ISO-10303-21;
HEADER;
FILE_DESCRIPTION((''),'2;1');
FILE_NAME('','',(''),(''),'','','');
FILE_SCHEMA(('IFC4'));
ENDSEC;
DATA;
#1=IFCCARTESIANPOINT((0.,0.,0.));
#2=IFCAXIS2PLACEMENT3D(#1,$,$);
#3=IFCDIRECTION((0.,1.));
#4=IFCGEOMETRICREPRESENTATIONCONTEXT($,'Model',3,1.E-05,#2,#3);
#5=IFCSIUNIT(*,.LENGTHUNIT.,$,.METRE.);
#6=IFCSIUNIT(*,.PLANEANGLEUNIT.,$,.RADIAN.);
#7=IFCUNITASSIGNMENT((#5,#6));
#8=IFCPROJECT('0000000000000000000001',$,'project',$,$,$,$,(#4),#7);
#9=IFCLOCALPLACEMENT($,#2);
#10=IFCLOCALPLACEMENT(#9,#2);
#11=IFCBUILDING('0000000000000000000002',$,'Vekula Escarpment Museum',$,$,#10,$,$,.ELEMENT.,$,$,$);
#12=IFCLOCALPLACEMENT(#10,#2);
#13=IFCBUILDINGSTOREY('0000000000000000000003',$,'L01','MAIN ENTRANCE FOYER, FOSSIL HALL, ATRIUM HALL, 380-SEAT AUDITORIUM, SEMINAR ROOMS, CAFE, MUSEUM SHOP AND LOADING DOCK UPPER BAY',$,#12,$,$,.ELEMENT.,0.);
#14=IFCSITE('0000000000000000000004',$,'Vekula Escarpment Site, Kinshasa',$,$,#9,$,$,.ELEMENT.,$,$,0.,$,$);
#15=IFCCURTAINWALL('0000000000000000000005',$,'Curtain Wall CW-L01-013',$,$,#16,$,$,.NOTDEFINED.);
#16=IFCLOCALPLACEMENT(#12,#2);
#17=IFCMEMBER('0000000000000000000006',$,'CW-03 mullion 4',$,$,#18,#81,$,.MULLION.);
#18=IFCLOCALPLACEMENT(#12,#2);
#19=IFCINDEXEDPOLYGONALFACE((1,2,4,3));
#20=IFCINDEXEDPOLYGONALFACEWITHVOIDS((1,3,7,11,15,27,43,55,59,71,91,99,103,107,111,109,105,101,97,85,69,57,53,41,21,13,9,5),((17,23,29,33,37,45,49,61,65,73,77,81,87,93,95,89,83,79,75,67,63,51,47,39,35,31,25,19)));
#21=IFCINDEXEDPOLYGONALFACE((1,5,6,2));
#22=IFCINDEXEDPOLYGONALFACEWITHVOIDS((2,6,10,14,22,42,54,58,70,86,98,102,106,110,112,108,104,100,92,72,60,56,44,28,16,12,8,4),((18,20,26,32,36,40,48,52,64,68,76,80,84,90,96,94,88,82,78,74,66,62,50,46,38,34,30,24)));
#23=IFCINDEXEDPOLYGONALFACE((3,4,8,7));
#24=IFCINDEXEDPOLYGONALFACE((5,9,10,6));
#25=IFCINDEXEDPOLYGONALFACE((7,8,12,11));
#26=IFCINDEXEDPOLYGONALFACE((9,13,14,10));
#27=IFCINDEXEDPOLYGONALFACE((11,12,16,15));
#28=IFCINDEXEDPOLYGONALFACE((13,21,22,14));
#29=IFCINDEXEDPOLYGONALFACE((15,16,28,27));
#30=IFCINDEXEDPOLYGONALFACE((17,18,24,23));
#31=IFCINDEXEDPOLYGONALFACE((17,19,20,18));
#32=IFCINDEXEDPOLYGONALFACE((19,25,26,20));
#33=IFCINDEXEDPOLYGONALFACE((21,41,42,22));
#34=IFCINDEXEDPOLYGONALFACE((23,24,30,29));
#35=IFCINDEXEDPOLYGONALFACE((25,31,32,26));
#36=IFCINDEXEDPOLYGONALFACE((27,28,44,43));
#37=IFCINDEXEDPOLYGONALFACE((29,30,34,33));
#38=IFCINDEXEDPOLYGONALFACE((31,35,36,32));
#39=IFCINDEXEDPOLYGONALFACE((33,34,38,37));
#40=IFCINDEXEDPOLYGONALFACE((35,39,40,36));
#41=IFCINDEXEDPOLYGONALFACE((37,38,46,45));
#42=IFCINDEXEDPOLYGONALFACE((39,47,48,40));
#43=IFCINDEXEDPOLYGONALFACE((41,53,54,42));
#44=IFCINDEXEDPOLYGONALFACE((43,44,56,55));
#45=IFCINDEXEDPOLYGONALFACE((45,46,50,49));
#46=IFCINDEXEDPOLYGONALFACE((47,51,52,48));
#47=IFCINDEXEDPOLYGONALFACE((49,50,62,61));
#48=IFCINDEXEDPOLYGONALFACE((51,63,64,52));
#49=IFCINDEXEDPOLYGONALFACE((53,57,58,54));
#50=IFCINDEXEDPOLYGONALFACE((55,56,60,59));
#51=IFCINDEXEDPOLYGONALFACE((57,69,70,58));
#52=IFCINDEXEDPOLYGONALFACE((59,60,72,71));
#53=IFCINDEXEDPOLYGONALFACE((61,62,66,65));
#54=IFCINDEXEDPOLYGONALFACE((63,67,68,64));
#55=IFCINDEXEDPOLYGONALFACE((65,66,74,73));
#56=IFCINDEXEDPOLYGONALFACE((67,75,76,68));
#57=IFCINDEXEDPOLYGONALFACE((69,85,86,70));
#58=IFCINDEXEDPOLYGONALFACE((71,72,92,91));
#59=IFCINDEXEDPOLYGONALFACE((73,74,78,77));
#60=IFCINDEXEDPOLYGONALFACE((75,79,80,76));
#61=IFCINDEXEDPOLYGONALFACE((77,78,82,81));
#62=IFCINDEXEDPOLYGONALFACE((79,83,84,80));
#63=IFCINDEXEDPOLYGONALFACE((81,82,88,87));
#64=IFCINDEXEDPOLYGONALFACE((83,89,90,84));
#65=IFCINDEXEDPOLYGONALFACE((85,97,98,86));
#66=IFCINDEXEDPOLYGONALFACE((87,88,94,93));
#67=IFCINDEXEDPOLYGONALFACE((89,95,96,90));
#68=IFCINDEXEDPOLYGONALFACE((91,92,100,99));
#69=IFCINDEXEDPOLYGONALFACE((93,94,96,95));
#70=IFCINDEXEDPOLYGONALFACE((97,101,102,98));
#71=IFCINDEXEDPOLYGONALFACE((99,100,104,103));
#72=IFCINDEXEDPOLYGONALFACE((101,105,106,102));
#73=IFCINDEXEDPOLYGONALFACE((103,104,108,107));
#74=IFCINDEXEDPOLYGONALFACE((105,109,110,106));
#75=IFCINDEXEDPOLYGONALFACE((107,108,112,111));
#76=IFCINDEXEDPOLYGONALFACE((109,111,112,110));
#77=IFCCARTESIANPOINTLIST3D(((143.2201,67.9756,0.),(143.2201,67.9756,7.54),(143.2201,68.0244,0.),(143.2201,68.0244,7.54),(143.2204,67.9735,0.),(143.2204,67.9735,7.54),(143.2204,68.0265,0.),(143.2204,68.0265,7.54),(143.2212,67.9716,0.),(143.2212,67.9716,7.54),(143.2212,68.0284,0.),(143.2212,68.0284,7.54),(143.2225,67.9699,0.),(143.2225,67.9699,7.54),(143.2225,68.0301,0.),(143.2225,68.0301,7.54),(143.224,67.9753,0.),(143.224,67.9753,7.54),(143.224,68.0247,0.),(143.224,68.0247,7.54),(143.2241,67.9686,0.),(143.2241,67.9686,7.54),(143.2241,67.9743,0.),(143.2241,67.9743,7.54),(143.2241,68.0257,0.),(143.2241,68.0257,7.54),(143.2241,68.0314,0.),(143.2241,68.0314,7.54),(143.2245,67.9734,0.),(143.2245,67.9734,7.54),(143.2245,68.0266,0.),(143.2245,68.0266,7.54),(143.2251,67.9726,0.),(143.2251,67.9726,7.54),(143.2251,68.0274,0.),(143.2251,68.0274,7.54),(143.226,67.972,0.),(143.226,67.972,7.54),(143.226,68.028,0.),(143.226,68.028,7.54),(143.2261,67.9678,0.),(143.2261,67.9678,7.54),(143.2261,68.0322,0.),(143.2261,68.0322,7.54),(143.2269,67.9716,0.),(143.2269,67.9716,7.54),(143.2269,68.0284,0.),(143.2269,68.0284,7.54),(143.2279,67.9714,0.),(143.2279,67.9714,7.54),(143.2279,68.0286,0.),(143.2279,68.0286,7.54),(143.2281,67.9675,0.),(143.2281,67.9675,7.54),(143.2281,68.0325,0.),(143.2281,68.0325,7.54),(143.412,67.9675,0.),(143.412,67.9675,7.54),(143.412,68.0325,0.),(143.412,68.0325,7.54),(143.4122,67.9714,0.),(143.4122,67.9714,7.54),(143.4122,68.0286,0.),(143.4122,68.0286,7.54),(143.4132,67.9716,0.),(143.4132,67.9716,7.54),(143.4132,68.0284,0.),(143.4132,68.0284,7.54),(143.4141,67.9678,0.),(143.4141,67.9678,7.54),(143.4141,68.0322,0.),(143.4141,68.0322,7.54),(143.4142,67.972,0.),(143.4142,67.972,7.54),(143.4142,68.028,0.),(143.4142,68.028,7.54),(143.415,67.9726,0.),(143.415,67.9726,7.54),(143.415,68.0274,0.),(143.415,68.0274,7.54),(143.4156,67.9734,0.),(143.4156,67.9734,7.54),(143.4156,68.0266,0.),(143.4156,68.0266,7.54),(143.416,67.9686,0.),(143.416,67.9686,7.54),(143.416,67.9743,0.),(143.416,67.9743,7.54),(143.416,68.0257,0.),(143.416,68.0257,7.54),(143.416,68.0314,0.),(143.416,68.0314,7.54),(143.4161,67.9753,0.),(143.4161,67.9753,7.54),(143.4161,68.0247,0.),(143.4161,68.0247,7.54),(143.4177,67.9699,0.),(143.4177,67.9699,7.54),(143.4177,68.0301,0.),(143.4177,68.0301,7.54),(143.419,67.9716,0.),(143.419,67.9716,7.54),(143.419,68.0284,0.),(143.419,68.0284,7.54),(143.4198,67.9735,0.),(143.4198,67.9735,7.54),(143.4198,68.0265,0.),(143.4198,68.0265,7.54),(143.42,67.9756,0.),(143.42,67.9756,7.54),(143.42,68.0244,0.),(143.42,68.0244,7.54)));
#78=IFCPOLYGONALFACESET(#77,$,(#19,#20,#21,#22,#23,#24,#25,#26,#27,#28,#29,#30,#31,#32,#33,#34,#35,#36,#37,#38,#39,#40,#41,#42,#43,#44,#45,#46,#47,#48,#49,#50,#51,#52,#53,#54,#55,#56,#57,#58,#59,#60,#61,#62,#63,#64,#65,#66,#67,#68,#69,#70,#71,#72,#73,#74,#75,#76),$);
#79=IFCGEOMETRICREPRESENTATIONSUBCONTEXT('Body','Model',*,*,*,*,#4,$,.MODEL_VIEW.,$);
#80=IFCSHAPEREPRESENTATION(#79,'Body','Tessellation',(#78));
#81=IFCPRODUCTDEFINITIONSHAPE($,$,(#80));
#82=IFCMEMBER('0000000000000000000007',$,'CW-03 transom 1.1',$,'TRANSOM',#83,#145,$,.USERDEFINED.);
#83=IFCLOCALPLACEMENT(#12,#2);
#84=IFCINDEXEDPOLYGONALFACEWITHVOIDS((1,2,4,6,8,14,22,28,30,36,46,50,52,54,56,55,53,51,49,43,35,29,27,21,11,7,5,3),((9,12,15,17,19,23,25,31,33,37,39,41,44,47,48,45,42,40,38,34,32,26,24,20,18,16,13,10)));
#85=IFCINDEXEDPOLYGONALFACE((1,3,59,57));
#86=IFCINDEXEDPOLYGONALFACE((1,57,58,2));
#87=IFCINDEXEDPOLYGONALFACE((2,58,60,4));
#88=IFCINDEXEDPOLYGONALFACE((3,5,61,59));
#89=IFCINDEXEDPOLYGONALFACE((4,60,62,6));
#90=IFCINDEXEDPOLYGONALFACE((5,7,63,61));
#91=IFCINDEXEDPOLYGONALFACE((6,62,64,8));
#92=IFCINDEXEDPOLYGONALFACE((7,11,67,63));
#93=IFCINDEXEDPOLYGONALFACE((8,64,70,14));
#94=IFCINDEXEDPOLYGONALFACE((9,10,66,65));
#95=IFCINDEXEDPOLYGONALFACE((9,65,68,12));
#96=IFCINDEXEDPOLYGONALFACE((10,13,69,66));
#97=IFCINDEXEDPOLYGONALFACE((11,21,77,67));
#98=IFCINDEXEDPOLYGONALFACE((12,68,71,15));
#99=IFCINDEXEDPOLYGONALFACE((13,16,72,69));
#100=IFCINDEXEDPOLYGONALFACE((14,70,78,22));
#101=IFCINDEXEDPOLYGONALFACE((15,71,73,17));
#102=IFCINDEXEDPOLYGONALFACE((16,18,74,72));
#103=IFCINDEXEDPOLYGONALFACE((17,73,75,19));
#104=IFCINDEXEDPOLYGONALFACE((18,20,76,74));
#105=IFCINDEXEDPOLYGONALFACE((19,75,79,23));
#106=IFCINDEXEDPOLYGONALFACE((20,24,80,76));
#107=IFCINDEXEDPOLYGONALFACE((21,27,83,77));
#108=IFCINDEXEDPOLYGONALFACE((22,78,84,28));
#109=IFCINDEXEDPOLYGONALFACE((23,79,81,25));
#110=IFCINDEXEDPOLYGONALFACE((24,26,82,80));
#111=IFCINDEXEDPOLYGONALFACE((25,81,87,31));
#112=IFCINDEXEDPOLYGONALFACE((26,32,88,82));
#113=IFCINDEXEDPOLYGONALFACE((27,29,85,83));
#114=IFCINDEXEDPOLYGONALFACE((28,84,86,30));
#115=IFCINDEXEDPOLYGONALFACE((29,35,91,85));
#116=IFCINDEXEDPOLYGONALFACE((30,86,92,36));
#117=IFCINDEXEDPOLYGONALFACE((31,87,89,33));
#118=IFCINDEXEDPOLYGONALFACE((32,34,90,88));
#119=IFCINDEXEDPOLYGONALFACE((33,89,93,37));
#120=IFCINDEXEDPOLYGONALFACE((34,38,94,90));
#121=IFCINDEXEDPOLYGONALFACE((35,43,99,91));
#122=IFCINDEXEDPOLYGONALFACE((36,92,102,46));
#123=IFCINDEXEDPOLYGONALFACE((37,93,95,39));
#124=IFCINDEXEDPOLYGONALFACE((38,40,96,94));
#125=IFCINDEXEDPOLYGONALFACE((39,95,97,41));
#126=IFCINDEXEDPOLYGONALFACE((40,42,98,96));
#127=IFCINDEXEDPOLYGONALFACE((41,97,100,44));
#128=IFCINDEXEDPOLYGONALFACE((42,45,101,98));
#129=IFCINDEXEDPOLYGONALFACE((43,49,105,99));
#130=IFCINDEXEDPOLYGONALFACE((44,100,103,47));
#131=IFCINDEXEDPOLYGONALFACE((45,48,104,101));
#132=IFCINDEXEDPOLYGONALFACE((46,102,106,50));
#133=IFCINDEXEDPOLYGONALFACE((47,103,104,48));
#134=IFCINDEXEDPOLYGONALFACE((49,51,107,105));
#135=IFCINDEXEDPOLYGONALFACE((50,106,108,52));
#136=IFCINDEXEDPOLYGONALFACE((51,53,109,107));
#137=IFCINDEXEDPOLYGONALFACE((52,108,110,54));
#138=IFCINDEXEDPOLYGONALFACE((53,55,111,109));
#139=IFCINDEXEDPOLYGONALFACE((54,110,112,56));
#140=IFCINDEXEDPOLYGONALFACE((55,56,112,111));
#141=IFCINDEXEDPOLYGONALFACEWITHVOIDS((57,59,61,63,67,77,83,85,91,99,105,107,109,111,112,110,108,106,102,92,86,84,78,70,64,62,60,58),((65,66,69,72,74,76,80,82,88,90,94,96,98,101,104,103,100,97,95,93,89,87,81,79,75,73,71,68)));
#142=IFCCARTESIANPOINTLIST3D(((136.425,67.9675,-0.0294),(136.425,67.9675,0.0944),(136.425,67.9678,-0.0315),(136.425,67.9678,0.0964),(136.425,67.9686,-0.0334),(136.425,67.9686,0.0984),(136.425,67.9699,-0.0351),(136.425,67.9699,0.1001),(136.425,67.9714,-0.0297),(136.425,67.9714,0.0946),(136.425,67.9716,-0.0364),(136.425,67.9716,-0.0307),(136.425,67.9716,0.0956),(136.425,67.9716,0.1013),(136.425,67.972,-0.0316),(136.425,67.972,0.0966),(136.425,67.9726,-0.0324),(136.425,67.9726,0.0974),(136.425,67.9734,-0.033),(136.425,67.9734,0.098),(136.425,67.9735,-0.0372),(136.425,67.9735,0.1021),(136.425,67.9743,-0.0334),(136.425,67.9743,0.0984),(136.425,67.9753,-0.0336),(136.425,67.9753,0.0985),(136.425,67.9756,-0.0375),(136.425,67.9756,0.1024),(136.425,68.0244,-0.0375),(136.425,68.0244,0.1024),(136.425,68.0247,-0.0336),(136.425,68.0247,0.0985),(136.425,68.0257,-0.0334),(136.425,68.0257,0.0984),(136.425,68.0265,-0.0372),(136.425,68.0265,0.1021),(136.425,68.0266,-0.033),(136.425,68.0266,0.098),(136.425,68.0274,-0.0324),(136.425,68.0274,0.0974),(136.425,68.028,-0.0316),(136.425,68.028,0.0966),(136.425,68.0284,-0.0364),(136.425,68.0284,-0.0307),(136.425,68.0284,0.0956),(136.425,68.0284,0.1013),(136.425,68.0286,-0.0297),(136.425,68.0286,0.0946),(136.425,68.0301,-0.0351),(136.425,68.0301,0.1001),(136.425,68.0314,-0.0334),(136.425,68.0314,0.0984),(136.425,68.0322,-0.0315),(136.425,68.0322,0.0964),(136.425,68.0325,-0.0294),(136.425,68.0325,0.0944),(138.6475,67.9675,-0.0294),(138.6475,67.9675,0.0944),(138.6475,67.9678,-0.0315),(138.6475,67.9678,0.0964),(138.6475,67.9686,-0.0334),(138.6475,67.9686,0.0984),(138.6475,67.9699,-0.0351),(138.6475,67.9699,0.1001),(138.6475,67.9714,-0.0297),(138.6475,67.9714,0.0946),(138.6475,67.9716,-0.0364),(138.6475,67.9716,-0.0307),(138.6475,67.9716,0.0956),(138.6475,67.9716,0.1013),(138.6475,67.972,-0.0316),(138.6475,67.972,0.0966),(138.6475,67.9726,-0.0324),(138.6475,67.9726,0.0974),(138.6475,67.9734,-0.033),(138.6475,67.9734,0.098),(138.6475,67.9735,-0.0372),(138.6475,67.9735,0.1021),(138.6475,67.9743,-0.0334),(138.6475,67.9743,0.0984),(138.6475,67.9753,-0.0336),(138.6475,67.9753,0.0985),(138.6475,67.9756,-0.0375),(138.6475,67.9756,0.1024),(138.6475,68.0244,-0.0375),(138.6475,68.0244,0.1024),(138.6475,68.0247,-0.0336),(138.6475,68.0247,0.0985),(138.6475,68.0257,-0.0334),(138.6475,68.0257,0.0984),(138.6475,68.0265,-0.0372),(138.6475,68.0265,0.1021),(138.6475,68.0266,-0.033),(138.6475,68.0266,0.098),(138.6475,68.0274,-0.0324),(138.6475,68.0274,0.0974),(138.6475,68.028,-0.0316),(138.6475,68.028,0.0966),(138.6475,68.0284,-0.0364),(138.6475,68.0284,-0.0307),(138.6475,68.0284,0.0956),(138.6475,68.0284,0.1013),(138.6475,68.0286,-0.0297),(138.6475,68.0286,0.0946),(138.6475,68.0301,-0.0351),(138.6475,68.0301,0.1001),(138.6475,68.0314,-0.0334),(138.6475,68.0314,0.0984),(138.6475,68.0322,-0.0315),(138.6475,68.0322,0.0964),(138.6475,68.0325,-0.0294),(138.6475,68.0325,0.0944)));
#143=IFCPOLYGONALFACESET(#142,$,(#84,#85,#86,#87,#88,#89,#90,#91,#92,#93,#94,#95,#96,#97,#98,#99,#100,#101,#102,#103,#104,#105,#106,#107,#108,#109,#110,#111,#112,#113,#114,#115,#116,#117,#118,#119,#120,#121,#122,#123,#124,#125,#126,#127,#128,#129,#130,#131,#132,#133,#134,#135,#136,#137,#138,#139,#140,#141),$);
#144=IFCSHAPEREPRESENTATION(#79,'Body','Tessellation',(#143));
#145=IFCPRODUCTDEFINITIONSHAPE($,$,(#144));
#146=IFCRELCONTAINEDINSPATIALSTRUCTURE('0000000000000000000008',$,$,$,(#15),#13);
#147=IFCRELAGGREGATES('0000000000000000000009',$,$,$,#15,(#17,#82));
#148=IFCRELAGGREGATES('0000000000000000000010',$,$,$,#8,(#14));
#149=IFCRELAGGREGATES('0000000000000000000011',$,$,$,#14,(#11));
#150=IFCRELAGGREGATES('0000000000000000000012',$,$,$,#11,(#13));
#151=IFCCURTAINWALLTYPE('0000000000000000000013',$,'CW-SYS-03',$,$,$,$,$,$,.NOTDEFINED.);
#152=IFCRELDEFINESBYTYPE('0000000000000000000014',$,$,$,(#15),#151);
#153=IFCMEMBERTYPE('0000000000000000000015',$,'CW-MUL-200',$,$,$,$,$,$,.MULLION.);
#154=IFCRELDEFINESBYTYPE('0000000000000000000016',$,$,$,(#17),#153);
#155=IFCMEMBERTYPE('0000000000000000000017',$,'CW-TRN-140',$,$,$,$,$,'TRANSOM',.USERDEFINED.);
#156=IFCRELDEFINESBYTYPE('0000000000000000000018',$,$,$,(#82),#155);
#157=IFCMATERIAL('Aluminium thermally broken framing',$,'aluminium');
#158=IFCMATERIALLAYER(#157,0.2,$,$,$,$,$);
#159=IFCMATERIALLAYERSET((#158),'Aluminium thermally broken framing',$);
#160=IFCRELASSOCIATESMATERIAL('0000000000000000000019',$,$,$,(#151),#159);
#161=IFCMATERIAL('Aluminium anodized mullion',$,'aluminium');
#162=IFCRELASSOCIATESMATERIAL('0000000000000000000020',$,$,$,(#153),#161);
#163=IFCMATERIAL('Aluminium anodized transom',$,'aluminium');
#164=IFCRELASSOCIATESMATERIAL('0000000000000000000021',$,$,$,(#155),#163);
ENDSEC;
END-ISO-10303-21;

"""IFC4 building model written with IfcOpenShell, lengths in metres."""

from ifc_helpers import new_model, si_unit, direction, frame, origin, origin_2d, place, context, subcontext, project, spatial, hollow_rectangle, extrude, material, layer, layer_set, material_profile, profile_set, type_object, element, aggregate, save


model = new_model("IFC4")

# Units and contexts
model_context = context("Model", 3, precision=1e-05, world=origin(), true_north=direction((0.0, 1.0)))
body_context = subcontext(model_context, "Body", "Model", "MODEL_VIEW")
ifc_project = project(units=[si_unit("LENGTHUNIT", "METRE"), si_unit("PLANEANGLEUNIT", "RADIAN")], contexts=[model_context])

# Site, building, storey
site_placement = place(None, origin())
site = spatial("IfcSite", under=ifc_project, at=site_placement, Name="Vekula Escarpment Site, Kinshasa", CompositionType="ELEMENT", RefElevation=0.0)
building_placement = place(site_placement, origin())
building = spatial("IfcBuilding", under=site, at=building_placement, Name="Vekula Escarpment Museum", CompositionType="ELEMENT")
storey_placement = place(building_placement, origin())
storey = spatial("IfcBuildingStorey", under=building, at=storey_placement, Name="L01", Description="MAIN ENTRANCE FOYER, FOSSIL HALL, ATRIUM HALL, 380-SEAT AUDITORIUM, SEMINAR ROOMS, CAFE, MUSEUM SHOP AND LOADING DOCK UPPER BAY", CompositionType="ELEMENT", Elevation=0.0)

# Curtain wall, members
ifc_material_1 = material(Name="Aluminium thermally broken framing", Category="aluminium")
ifc_layer_1 = layer(ifc_material_1, 0.2)
ifc_layer_set_1 = layer_set([ifc_layer_1], Name="Aluminium thermally broken framing")
curtain_wall_type = type_object("IfcCurtainWallType", Name="CW-SYS-03", PredefinedType="NOTDEFINED", material=ifc_layer_set_1)
curtain_wall_placement = place(storey_placement, origin())
curtain_wall = element("IfcCurtainWall", 1, at=curtain_wall_placement, inside=storey, type_object=curtain_wall_type, Name="Curtain Wall CW-L01-013", PredefinedType="NOTDEFINED")
ifc_material_2 = material(Name="Aluminium anodized mullion", Category="aluminium")
ifc_material_profile_1 = material_profile(ifc_material_2, hollow_rectangle(XDim=0.0649, YDim=0.2, WallThickness=0.0039, InnerFilletRadius=0.0039, OuterFilletRadius=0.0081, at=origin_2d()), Name="ALU 200x65x4")
ifc_profile_set_1 = profile_set([ifc_material_profile_1], Name="Aluminium anodized mullion")
member_type_1 = type_object("IfcMemberType", Name="CW-MUL-200", PredefinedType="MULLION", material=ifc_profile_set_1)
member_1_placement = place(storey_placement, frame((143.3201, 68.0, 0.0), z_axis=(0.0, 0.0, 1.0), x_axis=(0.0, 1.0, 0.0)))
member_1 = element("IfcMember", 2, at=member_1_placement, type_object=member_type_1, Name="CW-03 mullion 4", PredefinedType="MULLION", context=body_context, shape_type="SweptSolid", body=[
    extrude(hollow_rectangle(XDim=0.0649, YDim=0.2, WallThickness=0.0039, InnerFilletRadius=0.0039, OuterFilletRadius=0.0081, at=origin_2d()), origin(), (0.0, 0.0, 1.0), 7.54),
])
ifc_material_3 = material(Name="Aluminium anodized transom", Category="aluminium")
ifc_material_profile_2 = material_profile(ifc_material_3, hollow_rectangle(XDim=0.0649, YDim=0.1399, WallThickness=0.0039, InnerFilletRadius=0.0039, OuterFilletRadius=0.0081, at=origin_2d()), Name="ALU 140x65x4")
ifc_profile_set_2 = profile_set([ifc_material_profile_2], Name="Aluminium anodized transom")
member_type_2 = type_object("IfcMemberType", Name="CW-TRN-140", ElementType="TRANSOM", PredefinedType="USERDEFINED", material=ifc_profile_set_2)
member_2_placement = place(storey_placement, frame((136.425, 68.0, 0.0325), z_axis=(1.0, 0.0, 0.0), x_axis=(0.0, 1.0, 0.0)))
member_2 = element("IfcMember", 3, at=member_2_placement, type_object=member_type_2, Name="CW-03 transom 1.1", ObjectType="TRANSOM", PredefinedType="USERDEFINED", context=body_context, shape_type="SweptSolid", body=[
    extrude(hollow_rectangle(XDim=0.0649, YDim=0.1399, WallThickness=0.0039, InnerFilletRadius=0.0039, OuterFilletRadius=0.0081, at=origin_2d()), origin(), (0.0, 0.0, 1.0), 2.2224),
])
aggregate(curtain_wall, [member_1, member_2])

save(model, "model.ifc")
